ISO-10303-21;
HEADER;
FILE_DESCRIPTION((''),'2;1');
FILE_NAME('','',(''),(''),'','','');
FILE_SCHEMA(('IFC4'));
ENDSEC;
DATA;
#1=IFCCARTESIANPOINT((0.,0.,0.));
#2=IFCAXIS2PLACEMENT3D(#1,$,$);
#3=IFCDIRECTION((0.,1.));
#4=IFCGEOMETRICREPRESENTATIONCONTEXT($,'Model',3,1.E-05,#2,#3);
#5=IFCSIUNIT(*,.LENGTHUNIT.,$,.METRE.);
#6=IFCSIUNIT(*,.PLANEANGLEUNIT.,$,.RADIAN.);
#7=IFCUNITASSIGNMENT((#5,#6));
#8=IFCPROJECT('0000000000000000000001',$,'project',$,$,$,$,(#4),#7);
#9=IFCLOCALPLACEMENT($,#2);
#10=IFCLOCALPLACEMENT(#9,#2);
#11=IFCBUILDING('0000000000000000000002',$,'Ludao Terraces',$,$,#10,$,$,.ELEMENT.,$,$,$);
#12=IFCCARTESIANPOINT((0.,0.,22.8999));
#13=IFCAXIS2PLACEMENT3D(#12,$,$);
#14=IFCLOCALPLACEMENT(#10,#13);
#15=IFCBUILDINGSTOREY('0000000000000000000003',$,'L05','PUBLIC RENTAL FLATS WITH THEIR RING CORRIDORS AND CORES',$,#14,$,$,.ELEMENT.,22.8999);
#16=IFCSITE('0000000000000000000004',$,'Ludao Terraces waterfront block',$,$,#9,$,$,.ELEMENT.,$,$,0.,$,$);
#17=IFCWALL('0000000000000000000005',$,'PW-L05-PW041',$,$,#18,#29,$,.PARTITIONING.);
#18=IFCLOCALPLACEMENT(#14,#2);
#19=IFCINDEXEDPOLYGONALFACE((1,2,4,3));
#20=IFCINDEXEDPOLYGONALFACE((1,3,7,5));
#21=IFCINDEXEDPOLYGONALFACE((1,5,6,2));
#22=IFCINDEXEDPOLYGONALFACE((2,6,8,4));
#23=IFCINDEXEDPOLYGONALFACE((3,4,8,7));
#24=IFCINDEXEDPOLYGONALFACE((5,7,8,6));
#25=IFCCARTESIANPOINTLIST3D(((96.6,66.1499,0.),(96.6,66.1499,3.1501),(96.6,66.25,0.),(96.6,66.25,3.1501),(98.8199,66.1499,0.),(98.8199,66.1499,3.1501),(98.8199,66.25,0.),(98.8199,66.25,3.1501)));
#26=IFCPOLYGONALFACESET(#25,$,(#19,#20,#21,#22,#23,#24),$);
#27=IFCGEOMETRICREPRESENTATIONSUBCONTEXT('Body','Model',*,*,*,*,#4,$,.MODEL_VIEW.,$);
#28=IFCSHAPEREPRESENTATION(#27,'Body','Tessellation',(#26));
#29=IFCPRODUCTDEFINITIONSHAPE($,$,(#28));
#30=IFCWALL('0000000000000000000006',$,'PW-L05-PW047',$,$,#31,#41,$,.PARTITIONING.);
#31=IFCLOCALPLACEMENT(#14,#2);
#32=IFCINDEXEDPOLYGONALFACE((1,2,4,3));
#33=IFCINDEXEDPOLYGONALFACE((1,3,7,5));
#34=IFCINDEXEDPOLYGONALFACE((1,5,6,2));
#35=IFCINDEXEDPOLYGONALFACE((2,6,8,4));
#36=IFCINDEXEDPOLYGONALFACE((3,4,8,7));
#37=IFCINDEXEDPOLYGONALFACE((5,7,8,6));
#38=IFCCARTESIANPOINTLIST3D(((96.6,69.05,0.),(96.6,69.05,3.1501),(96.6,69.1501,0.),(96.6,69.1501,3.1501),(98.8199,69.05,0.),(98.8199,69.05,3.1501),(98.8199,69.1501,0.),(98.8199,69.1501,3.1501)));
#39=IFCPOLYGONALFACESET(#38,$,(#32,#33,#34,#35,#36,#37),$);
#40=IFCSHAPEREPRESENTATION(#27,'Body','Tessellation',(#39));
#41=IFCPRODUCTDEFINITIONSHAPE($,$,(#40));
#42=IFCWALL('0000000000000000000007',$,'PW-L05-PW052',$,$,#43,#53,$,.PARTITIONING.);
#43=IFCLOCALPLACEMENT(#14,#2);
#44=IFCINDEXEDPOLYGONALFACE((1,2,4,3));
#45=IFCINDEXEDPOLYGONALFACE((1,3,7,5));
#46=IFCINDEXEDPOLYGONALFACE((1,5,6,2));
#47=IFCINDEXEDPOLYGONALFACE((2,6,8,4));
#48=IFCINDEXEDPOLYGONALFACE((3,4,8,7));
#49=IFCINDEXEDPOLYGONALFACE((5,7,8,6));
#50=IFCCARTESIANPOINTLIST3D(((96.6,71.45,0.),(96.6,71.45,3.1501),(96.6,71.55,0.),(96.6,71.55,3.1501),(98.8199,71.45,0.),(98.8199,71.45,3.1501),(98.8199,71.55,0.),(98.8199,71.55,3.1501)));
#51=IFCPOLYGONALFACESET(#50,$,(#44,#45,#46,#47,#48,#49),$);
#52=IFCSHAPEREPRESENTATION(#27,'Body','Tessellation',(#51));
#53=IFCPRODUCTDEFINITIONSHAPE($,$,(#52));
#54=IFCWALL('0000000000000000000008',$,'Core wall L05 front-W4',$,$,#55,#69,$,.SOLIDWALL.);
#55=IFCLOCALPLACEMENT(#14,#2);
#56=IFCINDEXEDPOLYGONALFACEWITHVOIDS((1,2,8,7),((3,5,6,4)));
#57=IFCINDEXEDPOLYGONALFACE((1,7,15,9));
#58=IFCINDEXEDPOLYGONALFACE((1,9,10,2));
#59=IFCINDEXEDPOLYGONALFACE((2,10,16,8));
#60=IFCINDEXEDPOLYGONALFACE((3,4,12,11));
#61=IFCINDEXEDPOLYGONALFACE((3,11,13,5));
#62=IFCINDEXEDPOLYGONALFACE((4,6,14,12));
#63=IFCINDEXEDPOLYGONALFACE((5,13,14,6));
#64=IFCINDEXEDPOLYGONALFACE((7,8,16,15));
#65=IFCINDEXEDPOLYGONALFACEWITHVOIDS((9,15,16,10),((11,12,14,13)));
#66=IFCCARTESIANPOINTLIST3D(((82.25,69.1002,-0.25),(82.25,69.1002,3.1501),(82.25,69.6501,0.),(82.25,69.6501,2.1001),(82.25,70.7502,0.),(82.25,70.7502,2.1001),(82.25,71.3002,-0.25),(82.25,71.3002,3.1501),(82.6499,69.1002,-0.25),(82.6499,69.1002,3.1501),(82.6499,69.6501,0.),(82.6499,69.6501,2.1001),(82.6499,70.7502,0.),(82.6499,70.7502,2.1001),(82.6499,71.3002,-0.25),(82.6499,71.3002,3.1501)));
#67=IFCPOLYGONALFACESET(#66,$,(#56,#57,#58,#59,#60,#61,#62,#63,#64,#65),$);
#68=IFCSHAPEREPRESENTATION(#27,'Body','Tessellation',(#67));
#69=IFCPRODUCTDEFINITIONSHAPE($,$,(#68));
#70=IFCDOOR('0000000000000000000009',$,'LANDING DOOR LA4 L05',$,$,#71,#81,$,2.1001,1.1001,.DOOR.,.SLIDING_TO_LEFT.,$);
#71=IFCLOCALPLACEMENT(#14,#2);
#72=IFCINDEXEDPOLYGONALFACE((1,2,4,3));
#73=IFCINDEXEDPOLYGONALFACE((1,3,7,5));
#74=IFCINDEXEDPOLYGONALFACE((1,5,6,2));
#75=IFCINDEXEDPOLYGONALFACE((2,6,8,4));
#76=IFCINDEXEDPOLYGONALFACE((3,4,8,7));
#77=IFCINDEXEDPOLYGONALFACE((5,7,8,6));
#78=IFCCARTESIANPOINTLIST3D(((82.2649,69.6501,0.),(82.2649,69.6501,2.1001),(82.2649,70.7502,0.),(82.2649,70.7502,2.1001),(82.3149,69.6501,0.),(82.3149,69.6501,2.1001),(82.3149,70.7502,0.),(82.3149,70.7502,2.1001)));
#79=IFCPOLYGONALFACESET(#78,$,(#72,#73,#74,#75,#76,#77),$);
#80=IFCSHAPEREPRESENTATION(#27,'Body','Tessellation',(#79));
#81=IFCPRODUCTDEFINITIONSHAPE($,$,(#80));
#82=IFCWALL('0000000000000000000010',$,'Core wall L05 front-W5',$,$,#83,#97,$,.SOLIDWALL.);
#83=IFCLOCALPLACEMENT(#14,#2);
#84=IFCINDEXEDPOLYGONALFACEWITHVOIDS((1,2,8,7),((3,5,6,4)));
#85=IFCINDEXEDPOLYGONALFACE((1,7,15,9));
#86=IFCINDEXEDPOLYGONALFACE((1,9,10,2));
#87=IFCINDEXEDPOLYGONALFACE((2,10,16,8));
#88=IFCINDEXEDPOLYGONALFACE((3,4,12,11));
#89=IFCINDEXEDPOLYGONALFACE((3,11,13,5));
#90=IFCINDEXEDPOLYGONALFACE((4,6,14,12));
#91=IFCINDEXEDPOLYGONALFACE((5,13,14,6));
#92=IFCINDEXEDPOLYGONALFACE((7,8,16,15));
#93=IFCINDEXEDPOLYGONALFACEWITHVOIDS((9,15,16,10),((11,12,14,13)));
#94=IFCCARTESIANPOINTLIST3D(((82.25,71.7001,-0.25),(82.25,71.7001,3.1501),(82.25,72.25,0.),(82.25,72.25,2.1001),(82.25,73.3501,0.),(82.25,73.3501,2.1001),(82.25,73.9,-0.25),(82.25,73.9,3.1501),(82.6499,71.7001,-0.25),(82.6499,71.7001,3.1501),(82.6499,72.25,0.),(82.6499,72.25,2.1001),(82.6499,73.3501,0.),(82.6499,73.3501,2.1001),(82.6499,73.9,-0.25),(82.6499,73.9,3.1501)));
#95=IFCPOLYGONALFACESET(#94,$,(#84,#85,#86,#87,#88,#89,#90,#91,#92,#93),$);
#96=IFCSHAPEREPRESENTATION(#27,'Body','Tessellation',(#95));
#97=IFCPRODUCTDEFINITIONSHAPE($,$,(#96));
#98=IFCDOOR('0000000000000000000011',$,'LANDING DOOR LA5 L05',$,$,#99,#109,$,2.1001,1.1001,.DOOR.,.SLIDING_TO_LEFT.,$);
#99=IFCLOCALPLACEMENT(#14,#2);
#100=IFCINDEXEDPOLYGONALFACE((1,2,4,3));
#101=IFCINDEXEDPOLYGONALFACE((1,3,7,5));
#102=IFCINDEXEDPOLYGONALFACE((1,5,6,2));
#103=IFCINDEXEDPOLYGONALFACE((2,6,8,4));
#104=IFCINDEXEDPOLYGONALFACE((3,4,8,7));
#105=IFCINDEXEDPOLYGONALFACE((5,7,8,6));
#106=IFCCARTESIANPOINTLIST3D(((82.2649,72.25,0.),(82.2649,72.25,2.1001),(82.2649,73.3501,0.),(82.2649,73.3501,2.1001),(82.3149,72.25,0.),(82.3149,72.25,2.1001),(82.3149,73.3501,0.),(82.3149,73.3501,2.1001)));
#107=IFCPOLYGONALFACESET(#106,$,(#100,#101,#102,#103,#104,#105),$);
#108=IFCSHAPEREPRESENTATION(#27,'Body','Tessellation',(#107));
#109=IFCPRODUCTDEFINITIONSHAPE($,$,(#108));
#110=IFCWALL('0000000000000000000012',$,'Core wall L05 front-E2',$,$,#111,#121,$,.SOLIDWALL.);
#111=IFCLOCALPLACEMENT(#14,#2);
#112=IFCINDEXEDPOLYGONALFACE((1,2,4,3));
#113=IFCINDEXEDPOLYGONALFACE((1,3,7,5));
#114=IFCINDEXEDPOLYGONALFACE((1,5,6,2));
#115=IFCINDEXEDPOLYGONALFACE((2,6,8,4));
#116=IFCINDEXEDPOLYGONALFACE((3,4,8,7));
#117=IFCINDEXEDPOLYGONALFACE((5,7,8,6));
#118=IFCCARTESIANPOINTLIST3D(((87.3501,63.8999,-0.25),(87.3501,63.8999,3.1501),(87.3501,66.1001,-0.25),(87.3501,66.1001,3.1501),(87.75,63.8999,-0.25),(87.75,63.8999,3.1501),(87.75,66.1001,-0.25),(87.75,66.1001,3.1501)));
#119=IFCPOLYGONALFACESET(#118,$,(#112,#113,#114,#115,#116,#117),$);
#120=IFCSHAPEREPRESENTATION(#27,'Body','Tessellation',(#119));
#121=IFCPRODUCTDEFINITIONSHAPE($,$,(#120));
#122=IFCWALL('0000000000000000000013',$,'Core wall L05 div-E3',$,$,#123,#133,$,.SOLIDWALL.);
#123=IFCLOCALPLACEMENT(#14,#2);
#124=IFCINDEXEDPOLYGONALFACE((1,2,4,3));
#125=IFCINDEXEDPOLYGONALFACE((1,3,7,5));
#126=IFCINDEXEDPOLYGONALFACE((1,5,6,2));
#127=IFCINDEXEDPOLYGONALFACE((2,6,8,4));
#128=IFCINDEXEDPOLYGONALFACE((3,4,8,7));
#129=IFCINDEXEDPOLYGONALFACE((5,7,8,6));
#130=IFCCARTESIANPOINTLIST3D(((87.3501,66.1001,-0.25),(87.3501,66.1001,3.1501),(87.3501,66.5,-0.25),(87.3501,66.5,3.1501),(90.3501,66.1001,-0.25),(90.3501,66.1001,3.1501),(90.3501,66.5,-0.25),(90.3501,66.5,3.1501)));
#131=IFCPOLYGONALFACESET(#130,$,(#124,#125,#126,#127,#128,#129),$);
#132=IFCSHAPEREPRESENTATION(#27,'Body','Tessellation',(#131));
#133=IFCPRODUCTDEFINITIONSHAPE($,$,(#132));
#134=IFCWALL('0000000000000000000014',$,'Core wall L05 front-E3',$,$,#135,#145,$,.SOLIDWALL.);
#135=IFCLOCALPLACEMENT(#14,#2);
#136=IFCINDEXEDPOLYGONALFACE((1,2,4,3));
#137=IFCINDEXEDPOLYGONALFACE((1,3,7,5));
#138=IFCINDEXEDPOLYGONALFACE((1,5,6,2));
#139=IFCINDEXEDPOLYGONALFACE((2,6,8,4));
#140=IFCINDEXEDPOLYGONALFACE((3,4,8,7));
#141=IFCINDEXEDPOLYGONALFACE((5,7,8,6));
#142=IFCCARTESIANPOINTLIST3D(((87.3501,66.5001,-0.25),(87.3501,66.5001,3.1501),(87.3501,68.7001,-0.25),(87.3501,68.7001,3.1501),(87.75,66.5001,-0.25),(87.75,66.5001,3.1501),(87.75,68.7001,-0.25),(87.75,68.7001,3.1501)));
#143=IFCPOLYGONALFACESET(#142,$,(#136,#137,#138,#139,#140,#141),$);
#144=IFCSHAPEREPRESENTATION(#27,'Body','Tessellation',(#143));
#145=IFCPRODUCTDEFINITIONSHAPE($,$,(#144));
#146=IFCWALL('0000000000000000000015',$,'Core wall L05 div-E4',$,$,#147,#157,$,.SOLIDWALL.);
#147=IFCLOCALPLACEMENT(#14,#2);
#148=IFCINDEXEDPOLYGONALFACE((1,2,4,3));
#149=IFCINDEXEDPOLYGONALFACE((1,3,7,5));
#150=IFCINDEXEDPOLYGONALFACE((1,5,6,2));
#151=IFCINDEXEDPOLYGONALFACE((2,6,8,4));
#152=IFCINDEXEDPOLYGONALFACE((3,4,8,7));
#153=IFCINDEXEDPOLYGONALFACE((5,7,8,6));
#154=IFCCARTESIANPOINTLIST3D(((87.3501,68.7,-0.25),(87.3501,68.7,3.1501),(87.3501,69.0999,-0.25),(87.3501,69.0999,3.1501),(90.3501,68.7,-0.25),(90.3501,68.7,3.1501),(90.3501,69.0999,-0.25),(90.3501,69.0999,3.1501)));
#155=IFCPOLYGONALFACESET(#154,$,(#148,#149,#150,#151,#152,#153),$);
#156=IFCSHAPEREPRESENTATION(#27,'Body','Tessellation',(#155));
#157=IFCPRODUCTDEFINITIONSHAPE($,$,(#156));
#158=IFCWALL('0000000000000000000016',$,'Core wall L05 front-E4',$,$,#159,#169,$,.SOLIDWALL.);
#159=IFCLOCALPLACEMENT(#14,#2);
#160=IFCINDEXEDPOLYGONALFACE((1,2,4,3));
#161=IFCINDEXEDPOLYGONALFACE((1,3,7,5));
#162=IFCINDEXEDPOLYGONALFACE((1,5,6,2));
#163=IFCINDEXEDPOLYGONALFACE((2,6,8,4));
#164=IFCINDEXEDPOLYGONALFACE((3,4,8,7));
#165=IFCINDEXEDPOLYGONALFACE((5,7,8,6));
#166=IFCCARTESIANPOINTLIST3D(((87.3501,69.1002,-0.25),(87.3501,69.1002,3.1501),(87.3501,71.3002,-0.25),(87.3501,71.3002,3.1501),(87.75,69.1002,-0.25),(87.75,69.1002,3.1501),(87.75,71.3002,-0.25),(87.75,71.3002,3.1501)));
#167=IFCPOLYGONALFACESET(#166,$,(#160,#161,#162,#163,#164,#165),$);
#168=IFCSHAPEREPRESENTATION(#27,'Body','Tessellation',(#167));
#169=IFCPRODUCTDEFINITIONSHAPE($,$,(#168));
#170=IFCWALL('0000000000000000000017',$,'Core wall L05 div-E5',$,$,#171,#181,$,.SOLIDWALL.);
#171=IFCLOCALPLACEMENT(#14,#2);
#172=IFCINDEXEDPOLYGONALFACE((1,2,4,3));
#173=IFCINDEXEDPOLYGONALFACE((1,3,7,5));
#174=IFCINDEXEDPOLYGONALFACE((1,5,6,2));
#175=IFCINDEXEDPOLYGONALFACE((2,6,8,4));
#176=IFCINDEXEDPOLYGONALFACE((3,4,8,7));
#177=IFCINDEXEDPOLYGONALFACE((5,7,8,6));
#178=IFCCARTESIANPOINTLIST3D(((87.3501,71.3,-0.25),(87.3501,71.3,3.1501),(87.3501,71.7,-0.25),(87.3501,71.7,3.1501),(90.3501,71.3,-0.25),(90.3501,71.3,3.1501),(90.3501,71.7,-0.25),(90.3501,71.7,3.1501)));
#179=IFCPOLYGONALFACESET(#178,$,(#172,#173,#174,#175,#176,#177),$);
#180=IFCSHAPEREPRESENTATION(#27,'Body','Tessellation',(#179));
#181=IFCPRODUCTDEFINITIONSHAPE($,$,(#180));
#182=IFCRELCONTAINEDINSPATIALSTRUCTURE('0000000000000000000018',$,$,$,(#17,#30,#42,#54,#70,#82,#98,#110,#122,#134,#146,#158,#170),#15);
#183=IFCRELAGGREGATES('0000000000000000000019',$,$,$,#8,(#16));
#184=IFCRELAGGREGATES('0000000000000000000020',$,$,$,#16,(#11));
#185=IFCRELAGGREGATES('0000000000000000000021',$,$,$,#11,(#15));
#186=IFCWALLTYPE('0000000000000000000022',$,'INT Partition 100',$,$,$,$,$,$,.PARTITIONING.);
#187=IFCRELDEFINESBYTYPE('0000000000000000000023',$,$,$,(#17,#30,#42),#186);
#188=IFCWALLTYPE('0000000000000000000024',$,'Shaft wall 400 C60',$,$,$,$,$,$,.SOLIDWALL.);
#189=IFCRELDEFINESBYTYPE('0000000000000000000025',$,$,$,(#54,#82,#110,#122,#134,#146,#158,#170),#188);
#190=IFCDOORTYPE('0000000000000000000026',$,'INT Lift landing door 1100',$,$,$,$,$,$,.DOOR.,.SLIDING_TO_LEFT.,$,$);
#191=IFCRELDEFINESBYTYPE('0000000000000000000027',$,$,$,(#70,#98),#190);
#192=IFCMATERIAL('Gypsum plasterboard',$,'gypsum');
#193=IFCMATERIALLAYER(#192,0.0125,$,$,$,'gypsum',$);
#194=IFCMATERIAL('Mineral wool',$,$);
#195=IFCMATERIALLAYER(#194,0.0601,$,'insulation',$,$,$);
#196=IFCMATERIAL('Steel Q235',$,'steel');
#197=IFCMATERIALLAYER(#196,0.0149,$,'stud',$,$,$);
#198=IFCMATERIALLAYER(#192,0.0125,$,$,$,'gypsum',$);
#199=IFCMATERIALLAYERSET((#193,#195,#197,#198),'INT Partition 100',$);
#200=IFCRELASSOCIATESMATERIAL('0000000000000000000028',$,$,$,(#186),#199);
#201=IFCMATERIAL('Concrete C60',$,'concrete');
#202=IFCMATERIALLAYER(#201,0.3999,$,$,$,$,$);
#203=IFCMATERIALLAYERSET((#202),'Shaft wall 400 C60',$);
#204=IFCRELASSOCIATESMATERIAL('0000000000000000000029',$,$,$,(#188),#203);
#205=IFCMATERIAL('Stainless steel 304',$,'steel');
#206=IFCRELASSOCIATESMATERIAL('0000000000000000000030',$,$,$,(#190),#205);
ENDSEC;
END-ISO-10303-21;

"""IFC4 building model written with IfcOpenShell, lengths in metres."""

from ifc_helpers import new_model, si_unit, direction, frame, frame_2d, origin, place, context, subcontext, project, spatial, rectangle, extrude, material, layer, layer_set, type_object, element, fill, save


model = new_model("IFC4")

# Units and contexts
model_context = context("Model", 3, precision=1e-05, world=origin(), true_north=direction((0.0, 1.0)))
body_context = subcontext(model_context, "Body", "Model", "MODEL_VIEW")
ifc_project = project(units=[si_unit("LENGTHUNIT", "METRE"), si_unit("PLANEANGLEUNIT", "RADIAN")], contexts=[model_context])

# Site, building, storey
site_placement = place(None, origin())
site = spatial("IfcSite", under=ifc_project, at=site_placement, Name="Ludao Terraces waterfront block", CompositionType="ELEMENT", RefElevation=0.0)
building_placement = place(site_placement, origin())
building = spatial("IfcBuilding", under=site, at=building_placement, Name="Ludao Terraces", CompositionType="ELEMENT")
storey_placement = place(building_placement, frame((0.0, 0.0, 22.8999)))
storey = spatial("IfcBuildingStorey", under=building, at=storey_placement, Name="L05", Description="PUBLIC RENTAL FLATS WITH THEIR RING CORRIDORS AND CORES", CompositionType="ELEMENT", Elevation=22.8999)

# Walls
ifc_material_1 = material(Name="Gypsum plasterboard", Category="gypsum")
ifc_layer_1 = layer(ifc_material_1, 0.0125, Category="gypsum")
ifc_material_2 = material(Name="Mineral wool")
ifc_layer_2 = layer(ifc_material_2, 0.0601, Name="insulation")
ifc_material_3 = material(Name="Steel Q235", Category="steel")
ifc_layer_3 = layer(ifc_material_3, 0.0149, Name="stud")
ifc_layer_4 = layer(ifc_material_1, 0.0125, Category="gypsum")
ifc_layer_set_1 = layer_set([ifc_layer_1, ifc_layer_2, ifc_layer_3, ifc_layer_4], Name="INT Partition 100")
wall_type_1 = type_object("IfcWallType", Name="INT Partition 100", PredefinedType="PARTITIONING", material=ifc_layer_set_1)
for number, where, z_axis, x_axis, name in (
    (1, (96.6001, 66.2, 0.0), (0.0, 0.0, 1.0), (1.0, 0.0, 0.0), "PW-L05-PW041"),
    (2, (96.6001, 69.1001, 0.0), (0.0, 0.0, 1.0), (1.0, 0.0, 0.0), "PW-L05-PW047"),
    (3, (96.6001, 71.5, 0.0), (0.0, 0.0, 1.0), (1.0, 0.0, 0.0), "PW-L05-PW052"),
):
    element("IfcWall", number, at=place(storey_placement, frame(where, z_axis=z_axis, x_axis=x_axis)), inside=storey, type_object=wall_type_1, Name=name, PredefinedType="PARTITIONING", context=body_context, shape_type="SweptSolid", body=[
        extrude(rectangle(XDim=2.22, YDim=0.1001, at=frame_2d((1.1099, 0.0))), origin(), (0.0, 0.0, 1.0), 3.1501),
    ])

# Walls, openings, doors
ifc_material_4 = material(Name="Concrete C60", Category="concrete")
ifc_layer_5 = layer(ifc_material_4, 0.3999)
ifc_layer_set_2 = layer_set([ifc_layer_5], Name="Shaft wall 400 C60")
wall_type_2 = type_object("IfcWallType", Name="Shaft wall 400 C60", PredefinedType="SOLIDWALL", material=ifc_layer_set_2)
wall_1_placement = place(storey_placement, frame((82.45, 69.1001, -0.25), z_axis=(0.0, 0.0, 1.0), x_axis=(0.0, 1.0, 0.0)))
wall_1 = element("IfcWall", 4, at=wall_1_placement, inside=storey, type_object=wall_type_2, Name="Core wall L05 front-W4", PredefinedType="SOLIDWALL", context=body_context, shape_type="SweptSolid", body=[
    extrude(rectangle(XDim=2.2, YDim=0.3999, at=frame_2d((1.1001, 0.0))), origin(), (0.0, 0.0, 1.0), 3.4001),
])
opening_1_placement = place(wall_1_placement, frame((0.55, 0.0, 0.25)))
opening_1 = element("IfcOpeningElement", 5, at=opening_1_placement, cuts=wall_1, PredefinedType="OPENING", context=body_context, shape_type="SweptSolid", body=[
    extrude(rectangle(XDim=1.1001, YDim=2.1001, at=frame_2d((0.55, 1.05))), frame((0.0, 0.21, 0.0), z_axis=(0.0, -1.0, 0.0), x_axis=(1.0, 0.0, 0.0)), (0.0, 0.0, 1.0), 0.4199),
])
ifc_material_5 = material(Name="Stainless steel 304", Category="steel")
door_type_1 = type_object("IfcDoorType", Name="INT Lift landing door 1100", OperationType="SLIDING_TO_LEFT", PredefinedType="DOOR", material=ifc_material_5)
door_1_placement = place(opening_1_placement, origin())
door_1 = element("IfcDoor", 6, at=door_1_placement, inside=storey, type_object=door_type_1, Name="LANDING DOOR LA4 L05", OperationType="SLIDING_TO_LEFT", OverallHeight=2.1001, OverallWidth=1.1001, PredefinedType="DOOR", context=body_context, shape_type="SweptSolid", body=[
    extrude(rectangle(XDim=1.1001, YDim=2.1001, at=frame_2d((0.55, 1.05))), frame((0.0, 0.1851, 0.0), z_axis=(0.0, -1.0, 0.0), x_axis=(1.0, 0.0, 0.0)), (0.0, 0.0, 1.0), 0.05),
])
fill(opening_1, door_1)
wall_2_placement = place(storey_placement, frame((82.45, 71.7, -0.25), z_axis=(0.0, 0.0, 1.0), x_axis=(0.0, 1.0, 0.0)))
wall_2 = element("IfcWall", 7, at=wall_2_placement, inside=storey, type_object=wall_type_2, Name="Core wall L05 front-W5", PredefinedType="SOLIDWALL", context=body_context, shape_type="SweptSolid", body=[
    extrude(rectangle(XDim=2.2, YDim=0.3999, at=frame_2d((1.1001, 0.0))), origin(), (0.0, 0.0, 1.0), 3.4001),
])
opening_2_placement = place(wall_2_placement, frame((0.55, 0.0, 0.25)))
opening_2 = element("IfcOpeningElement", 8, at=opening_2_placement, cuts=wall_2, PredefinedType="OPENING", context=body_context, shape_type="SweptSolid", body=[
    extrude(rectangle(XDim=1.1001, YDim=2.1001, at=frame_2d((0.55, 1.05))), frame((0.0, 0.21, 0.0), z_axis=(0.0, -1.0, 0.0), x_axis=(1.0, 0.0, 0.0)), (0.0, 0.0, 1.0), 0.4199),
])
door_2_placement = place(opening_2_placement, origin())
door_2 = element("IfcDoor", 9, at=door_2_placement, inside=storey, type_object=door_type_1, Name="LANDING DOOR LA5 L05", OperationType="SLIDING_TO_LEFT", OverallHeight=2.1001, OverallWidth=1.1001, PredefinedType="DOOR", context=body_context, shape_type="SweptSolid", body=[
    extrude(rectangle(XDim=1.1001, YDim=2.1001, at=frame_2d((0.55, 1.05))), frame((0.0, 0.1851, 0.0), z_axis=(0.0, -1.0, 0.0), x_axis=(1.0, 0.0, 0.0)), (0.0, 0.0, 1.0), 0.05),
])
fill(opening_2, door_2)

# Walls
wall_3_placement = place(storey_placement, frame((87.55, 63.8999, -0.25), z_axis=(0.0, 0.0, 1.0), x_axis=(0.0, 1.0, 0.0)))
element("IfcWall", 10, at=wall_3_placement, inside=storey, type_object=wall_type_2, Name="Core wall L05 front-E2", PredefinedType="SOLIDWALL", context=body_context, shape_type="SweptSolid", body=[
    extrude(rectangle(XDim=2.2002, YDim=0.3999, at=frame_2d((1.1001, 0.0))), origin(), (0.0, 0.0, 1.0), 3.4001),
])
wall_4_placement = place(storey_placement, frame((87.3501, 66.3, -0.25), z_axis=(0.0, 0.0, 1.0), x_axis=(1.0, 0.0, 0.0)))
element("IfcWall", 11, at=wall_4_placement, inside=storey, type_object=wall_type_2, Name="Core wall L05 div-E3", PredefinedType="SOLIDWALL", context=body_context, shape_type="SweptSolid", body=[
    extrude(rectangle(XDim=3.0, YDim=0.3999, at=frame_2d((1.5, 0.0))), origin(), (0.0, 0.0, 1.0), 3.4001),
])
wall_5_placement = place(storey_placement, frame((87.55, 66.5, -0.25), z_axis=(0.0, 0.0, 1.0), x_axis=(0.0, 1.0, 0.0)))
element("IfcWall", 12, at=wall_5_placement, inside=storey, type_object=wall_type_2, Name="Core wall L05 front-E3", PredefinedType="SOLIDWALL", context=body_context, shape_type="SweptSolid", body=[
    extrude(rectangle(XDim=2.2, YDim=0.3999, at=frame_2d((1.1001, 0.0))), origin(), (0.0, 0.0, 1.0), 3.4001),
])
wall_6_placement = place(storey_placement, frame((87.3501, 68.8999, -0.25), z_axis=(0.0, 0.0, 1.0), x_axis=(1.0, 0.0, 0.0)))
element("IfcWall", 13, at=wall_6_placement, inside=storey, type_object=wall_type_2, Name="Core wall L05 div-E4", PredefinedType="SOLIDWALL", context=body_context, shape_type="SweptSolid", body=[
    extrude(rectangle(XDim=3.0, YDim=0.3999, at=frame_2d((1.5, 0.0))), origin(), (0.0, 0.0, 1.0), 3.4001),
])
wall_7_placement = place(storey_placement, frame((87.55, 69.1001, -0.25), z_axis=(0.0, 0.0, 1.0), x_axis=(0.0, 1.0, 0.0)))
element("IfcWall", 14, at=wall_7_placement, inside=storey, type_object=wall_type_2, Name="Core wall L05 front-E4", PredefinedType="SOLIDWALL", context=body_context, shape_type="SweptSolid", body=[
    extrude(rectangle(XDim=2.2, YDim=0.3999, at=frame_2d((1.1001, 0.0))), origin(), (0.0, 0.0, 1.0), 3.4001),
])
wall_8_placement = place(storey_placement, frame((87.3501, 71.5, -0.25), z_axis=(0.0, 0.0, 1.0), x_axis=(1.0, 0.0, 0.0)))
element("IfcWall", 15, at=wall_8_placement, inside=storey, type_object=wall_type_2, Name="Core wall L05 div-E5", PredefinedType="SOLIDWALL", context=body_context, shape_type="SweptSolid", body=[
    extrude(rectangle(XDim=3.0, YDim=0.3999, at=frame_2d((1.5, 0.0))), origin(), (0.0, 0.0, 1.0), 3.4001),
])

save(model, "model.ifc")
